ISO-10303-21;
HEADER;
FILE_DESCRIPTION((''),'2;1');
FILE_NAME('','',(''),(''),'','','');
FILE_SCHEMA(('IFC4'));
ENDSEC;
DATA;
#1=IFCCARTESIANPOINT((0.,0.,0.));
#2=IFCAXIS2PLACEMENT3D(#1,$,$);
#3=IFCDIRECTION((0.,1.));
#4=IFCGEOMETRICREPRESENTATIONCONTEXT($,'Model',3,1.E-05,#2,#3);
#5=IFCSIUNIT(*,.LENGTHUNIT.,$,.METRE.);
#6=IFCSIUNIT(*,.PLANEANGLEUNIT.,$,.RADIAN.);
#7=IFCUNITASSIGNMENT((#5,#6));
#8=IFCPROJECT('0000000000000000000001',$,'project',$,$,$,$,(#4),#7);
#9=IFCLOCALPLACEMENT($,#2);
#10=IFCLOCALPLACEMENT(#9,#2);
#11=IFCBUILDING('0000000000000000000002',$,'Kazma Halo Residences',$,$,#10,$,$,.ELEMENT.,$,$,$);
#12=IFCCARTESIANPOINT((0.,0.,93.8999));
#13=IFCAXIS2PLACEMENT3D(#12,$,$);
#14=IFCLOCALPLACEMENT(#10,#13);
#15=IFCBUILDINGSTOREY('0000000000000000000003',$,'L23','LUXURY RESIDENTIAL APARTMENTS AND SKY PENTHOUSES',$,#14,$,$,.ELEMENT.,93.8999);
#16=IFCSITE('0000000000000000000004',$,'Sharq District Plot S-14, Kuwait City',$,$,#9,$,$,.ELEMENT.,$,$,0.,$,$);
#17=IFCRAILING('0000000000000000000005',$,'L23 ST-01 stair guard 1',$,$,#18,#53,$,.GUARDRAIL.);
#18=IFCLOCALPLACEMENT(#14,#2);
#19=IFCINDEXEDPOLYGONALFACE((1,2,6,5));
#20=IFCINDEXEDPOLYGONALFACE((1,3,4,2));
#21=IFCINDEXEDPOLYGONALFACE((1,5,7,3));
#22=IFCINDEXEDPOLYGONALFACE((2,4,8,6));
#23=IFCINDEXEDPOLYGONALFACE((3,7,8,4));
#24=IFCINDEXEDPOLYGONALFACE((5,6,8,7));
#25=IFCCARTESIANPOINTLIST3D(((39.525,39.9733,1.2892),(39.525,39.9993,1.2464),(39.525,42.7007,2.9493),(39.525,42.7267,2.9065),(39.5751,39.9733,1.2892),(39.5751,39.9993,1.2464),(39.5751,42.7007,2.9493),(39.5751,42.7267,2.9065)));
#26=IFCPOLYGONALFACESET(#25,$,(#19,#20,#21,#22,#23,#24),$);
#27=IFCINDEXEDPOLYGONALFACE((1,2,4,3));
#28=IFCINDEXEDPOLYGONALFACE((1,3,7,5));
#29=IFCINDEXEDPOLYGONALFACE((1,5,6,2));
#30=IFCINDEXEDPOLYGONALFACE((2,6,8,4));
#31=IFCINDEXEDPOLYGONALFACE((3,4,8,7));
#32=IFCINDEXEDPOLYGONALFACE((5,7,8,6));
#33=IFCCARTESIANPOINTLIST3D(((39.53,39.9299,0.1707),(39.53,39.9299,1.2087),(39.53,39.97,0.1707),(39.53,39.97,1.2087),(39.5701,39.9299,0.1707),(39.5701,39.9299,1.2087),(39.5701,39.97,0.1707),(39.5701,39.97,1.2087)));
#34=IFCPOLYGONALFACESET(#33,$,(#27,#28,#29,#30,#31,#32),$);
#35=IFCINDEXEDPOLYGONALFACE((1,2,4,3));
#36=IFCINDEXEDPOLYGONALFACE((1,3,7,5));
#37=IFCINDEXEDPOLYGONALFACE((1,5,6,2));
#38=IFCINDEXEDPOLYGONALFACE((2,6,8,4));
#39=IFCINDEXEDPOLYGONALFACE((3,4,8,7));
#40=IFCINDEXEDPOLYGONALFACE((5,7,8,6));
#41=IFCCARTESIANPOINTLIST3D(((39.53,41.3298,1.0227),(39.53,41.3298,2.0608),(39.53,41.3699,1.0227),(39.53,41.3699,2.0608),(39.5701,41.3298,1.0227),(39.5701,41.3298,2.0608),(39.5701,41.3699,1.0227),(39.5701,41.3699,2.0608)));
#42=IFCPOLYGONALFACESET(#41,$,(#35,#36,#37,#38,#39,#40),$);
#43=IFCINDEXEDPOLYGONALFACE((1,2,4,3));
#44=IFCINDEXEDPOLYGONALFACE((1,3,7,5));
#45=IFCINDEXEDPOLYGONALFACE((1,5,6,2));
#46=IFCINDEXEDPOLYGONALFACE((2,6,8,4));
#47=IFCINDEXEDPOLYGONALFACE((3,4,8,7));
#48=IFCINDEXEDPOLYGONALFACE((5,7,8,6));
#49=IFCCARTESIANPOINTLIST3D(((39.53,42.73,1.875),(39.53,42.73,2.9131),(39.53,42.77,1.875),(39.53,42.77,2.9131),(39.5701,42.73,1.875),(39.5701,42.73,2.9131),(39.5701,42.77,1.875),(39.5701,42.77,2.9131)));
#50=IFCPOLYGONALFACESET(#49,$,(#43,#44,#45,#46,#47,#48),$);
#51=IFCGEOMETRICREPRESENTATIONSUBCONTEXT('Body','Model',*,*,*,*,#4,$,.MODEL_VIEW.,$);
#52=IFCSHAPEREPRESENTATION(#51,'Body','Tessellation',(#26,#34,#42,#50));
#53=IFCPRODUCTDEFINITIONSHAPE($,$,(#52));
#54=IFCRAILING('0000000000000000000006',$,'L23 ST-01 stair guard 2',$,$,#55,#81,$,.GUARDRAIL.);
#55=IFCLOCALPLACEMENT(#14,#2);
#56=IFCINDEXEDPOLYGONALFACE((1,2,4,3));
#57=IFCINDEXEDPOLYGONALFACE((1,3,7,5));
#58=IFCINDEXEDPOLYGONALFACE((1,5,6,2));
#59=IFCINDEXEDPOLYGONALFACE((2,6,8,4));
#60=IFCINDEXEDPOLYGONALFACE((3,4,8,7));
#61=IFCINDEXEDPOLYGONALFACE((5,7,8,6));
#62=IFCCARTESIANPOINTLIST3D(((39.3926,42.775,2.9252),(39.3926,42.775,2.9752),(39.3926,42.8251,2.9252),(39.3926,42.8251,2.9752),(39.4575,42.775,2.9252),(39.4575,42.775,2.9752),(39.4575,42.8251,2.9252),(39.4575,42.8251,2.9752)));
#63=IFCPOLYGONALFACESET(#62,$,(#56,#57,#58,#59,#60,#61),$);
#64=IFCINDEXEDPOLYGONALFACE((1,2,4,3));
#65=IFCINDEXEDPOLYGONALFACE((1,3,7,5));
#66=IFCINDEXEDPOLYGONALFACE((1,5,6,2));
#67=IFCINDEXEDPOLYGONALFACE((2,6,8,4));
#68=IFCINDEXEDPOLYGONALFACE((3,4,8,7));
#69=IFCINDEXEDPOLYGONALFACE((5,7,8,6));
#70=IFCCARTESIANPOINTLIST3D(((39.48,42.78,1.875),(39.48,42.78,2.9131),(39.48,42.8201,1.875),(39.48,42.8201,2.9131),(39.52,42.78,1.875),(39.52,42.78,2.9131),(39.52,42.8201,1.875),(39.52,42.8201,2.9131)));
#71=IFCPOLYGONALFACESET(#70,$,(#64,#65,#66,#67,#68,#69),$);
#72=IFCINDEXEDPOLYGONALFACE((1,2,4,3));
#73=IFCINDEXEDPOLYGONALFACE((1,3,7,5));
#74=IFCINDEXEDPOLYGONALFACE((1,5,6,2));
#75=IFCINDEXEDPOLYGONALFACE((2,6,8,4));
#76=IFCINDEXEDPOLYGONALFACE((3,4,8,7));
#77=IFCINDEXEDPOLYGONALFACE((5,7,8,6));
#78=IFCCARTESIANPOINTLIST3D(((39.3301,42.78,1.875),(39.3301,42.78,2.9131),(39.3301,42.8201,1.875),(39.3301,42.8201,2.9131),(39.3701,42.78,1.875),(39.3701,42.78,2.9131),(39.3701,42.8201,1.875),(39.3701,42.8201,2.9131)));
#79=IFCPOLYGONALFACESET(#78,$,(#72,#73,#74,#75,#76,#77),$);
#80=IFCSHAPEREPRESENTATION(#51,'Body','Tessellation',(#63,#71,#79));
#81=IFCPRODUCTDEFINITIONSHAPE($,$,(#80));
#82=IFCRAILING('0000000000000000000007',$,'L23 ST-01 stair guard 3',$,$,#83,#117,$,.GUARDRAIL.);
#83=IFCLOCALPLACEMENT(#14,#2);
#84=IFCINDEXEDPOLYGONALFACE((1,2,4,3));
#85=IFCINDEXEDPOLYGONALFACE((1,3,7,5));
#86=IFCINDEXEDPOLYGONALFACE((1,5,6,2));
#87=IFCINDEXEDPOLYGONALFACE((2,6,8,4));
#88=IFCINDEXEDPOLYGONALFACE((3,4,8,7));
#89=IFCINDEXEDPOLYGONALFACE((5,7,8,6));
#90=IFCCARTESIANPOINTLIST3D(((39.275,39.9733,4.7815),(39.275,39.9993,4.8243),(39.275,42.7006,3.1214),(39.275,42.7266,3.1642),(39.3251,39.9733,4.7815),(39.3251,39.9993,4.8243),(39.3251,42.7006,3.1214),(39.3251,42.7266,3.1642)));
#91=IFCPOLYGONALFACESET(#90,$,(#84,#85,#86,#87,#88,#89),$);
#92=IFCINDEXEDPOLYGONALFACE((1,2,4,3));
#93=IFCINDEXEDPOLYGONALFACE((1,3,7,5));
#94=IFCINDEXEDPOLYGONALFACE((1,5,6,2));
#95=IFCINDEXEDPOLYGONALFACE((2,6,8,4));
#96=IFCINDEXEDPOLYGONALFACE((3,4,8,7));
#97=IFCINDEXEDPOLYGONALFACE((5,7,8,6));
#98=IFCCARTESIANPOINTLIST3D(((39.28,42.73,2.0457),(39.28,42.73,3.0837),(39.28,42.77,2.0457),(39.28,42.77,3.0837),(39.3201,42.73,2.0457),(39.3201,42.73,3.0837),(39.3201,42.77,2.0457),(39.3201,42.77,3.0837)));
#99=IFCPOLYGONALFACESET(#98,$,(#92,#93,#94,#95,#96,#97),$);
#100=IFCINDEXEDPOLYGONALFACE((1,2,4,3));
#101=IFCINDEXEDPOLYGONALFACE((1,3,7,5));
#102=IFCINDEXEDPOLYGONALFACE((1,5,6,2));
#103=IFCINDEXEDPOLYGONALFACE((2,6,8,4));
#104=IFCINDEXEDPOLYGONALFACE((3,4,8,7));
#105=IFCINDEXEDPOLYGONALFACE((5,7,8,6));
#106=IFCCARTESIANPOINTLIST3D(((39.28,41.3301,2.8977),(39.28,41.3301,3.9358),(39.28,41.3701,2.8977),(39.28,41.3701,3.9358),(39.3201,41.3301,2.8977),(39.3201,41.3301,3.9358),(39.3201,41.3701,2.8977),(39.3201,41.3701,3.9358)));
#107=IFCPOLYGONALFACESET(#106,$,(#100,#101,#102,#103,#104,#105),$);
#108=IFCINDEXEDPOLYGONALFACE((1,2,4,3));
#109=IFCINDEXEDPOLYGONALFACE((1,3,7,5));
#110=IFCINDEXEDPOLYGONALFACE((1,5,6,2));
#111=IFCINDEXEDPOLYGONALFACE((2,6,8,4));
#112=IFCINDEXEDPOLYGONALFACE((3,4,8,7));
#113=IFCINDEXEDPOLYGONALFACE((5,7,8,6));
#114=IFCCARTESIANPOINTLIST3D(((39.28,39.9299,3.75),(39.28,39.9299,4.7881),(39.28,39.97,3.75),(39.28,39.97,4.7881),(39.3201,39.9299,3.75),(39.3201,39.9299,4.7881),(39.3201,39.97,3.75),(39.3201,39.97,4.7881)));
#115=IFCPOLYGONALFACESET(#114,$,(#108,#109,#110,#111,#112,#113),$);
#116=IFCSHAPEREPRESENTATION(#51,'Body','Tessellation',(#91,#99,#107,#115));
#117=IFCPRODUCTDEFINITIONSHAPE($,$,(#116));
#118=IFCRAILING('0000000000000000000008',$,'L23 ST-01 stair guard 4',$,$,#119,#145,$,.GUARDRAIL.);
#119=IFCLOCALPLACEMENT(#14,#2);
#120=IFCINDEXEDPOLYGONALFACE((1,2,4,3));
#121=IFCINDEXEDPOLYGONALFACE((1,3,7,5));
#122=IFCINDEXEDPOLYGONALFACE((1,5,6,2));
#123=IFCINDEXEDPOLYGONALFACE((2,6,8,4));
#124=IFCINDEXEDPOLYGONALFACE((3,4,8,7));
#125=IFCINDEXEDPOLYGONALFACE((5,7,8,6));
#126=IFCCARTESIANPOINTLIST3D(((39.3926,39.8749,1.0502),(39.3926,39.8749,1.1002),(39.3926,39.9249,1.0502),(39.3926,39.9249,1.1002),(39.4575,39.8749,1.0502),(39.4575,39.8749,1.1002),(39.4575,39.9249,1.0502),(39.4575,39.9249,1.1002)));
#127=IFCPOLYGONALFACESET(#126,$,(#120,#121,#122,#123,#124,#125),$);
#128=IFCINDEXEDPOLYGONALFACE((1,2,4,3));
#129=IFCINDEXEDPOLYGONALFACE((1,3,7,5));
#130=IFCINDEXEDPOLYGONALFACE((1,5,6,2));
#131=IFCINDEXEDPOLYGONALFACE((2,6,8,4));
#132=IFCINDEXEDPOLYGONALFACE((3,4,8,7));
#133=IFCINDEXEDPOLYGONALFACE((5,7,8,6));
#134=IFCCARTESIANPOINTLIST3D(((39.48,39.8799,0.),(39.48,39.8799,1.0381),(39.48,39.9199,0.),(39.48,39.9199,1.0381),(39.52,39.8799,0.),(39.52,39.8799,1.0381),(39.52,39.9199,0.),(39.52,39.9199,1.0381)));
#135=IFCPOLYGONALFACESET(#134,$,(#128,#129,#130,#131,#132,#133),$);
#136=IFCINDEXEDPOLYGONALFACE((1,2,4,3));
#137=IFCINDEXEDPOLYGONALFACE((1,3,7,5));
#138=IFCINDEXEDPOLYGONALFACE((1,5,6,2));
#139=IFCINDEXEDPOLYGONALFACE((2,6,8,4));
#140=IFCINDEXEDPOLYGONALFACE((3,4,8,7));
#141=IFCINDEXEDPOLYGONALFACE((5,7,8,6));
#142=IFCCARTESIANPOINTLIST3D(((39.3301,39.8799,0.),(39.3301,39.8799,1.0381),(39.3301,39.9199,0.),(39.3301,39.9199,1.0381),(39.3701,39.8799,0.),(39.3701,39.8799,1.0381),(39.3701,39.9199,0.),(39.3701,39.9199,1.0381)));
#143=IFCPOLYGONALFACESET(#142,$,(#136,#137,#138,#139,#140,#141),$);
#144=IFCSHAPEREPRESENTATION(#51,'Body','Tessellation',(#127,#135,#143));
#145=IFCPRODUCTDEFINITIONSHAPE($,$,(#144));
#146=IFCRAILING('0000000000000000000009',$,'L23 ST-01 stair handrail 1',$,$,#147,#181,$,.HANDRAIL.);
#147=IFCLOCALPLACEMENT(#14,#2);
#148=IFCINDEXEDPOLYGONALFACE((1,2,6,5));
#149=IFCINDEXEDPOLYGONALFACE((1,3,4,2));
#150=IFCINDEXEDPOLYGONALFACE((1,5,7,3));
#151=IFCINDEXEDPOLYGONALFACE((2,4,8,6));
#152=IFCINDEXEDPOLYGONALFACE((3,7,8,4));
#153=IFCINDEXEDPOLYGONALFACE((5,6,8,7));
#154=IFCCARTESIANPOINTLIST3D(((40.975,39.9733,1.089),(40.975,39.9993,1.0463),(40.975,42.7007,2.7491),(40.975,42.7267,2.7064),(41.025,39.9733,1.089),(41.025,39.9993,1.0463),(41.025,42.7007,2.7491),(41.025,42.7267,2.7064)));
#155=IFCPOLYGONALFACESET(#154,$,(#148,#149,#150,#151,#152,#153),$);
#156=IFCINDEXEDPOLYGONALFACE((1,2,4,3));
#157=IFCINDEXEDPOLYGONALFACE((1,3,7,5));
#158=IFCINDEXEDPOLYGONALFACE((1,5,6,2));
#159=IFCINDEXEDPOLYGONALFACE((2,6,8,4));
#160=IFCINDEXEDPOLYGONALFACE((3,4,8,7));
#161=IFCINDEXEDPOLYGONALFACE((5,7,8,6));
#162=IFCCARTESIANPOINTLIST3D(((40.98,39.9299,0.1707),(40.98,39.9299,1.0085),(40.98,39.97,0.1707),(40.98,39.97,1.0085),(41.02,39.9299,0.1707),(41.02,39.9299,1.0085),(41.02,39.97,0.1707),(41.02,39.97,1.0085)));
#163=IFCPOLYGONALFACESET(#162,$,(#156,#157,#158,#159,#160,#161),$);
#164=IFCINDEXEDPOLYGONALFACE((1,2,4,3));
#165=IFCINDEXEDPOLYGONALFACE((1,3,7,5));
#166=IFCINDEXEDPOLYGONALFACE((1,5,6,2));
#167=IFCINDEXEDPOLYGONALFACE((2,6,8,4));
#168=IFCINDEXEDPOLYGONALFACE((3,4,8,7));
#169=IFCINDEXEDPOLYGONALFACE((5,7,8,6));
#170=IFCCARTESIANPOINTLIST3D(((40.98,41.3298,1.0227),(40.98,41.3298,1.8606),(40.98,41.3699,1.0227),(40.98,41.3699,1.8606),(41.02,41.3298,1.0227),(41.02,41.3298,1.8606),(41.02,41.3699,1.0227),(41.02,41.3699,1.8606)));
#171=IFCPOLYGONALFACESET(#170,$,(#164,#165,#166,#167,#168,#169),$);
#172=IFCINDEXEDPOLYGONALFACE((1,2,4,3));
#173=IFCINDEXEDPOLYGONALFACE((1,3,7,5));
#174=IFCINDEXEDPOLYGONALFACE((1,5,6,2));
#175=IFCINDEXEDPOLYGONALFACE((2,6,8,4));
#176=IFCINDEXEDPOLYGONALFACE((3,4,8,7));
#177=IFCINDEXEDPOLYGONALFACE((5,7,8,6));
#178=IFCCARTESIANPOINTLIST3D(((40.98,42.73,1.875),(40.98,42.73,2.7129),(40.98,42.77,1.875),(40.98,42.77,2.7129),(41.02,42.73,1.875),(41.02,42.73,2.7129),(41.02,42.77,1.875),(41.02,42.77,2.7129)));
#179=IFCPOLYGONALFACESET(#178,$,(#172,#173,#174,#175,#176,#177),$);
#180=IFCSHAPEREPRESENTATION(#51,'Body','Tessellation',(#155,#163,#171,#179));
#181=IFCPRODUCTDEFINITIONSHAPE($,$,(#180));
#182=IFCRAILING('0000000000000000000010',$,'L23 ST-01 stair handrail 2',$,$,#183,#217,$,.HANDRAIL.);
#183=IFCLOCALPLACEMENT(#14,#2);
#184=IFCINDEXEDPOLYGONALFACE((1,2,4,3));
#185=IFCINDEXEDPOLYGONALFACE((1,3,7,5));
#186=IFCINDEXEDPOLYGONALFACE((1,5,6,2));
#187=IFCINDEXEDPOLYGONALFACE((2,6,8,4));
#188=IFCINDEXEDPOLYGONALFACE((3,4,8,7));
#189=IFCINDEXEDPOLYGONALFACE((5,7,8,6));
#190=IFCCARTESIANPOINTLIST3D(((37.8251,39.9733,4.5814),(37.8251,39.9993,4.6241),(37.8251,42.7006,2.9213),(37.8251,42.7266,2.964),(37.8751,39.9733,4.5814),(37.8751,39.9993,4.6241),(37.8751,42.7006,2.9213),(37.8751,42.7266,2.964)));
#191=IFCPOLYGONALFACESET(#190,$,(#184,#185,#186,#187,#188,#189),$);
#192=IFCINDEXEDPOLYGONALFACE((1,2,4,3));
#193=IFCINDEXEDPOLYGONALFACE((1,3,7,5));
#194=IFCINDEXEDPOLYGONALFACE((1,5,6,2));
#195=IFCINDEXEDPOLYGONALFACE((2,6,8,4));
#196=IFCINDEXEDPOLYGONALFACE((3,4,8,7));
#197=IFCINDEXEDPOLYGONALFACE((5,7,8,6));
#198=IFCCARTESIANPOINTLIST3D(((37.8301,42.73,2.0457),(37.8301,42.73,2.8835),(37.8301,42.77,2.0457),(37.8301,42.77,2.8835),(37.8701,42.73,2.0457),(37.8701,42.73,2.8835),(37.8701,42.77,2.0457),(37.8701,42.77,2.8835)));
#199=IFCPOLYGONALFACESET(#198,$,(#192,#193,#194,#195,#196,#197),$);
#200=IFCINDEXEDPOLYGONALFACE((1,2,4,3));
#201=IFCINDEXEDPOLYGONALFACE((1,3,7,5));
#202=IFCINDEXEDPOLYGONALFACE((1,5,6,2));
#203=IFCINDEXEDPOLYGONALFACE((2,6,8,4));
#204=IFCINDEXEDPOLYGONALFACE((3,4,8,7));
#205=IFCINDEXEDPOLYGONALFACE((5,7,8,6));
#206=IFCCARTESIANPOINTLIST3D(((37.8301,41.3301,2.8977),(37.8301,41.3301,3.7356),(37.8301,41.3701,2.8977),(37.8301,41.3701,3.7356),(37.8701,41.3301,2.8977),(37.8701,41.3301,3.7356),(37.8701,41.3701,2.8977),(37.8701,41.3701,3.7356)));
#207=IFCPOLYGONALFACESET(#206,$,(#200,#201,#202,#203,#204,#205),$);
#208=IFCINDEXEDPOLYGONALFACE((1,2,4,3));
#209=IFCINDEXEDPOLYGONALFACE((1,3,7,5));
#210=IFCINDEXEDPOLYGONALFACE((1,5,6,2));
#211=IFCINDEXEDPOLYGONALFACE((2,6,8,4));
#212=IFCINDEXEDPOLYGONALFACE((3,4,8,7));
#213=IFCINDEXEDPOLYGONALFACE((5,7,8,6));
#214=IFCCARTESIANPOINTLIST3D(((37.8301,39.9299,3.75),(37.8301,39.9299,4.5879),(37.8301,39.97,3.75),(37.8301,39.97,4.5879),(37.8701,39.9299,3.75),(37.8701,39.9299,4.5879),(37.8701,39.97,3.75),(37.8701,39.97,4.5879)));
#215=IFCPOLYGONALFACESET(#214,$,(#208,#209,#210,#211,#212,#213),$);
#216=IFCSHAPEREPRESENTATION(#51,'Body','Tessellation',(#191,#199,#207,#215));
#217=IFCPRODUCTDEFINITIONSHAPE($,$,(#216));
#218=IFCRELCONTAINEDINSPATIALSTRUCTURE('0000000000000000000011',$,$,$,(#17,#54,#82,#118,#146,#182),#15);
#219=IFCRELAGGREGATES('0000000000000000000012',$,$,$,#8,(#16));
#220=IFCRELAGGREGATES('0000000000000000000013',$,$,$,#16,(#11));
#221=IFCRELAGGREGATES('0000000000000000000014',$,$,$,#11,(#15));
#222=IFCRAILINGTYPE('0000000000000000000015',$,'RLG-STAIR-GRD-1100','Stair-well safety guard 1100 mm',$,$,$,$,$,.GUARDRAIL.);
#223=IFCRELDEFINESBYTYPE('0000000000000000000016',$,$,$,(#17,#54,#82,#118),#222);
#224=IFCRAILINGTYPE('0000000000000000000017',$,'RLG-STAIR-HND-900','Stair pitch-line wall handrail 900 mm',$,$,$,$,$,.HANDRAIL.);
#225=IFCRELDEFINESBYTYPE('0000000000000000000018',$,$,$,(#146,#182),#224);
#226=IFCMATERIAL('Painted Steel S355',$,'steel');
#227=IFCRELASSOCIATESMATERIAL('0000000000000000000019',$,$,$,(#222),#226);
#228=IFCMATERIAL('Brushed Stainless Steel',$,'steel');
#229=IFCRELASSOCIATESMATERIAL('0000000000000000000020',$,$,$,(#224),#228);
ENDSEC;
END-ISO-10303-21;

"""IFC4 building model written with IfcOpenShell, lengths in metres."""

from ifc_helpers import new_model, si_unit, direction, frame, origin, origin_2d, place, context, subcontext, project, spatial, rectangle, extrude, material, type_object, element, save


model = new_model("IFC4")

# Units and contexts
model_context = context("Model", 3, precision=1e-05, world=origin(), true_north=direction((0.0, 1.0)))
body_context = subcontext(model_context, "Body", "Model", "MODEL_VIEW")
ifc_project = project(units=[si_unit("LENGTHUNIT", "METRE"), si_unit("PLANEANGLEUNIT", "RADIAN")], contexts=[model_context])

# Site, building, storey
site_placement = place(None, origin())
site = spatial("IfcSite", under=ifc_project, at=site_placement, Name="Sharq District Plot S-14, Kuwait City", CompositionType="ELEMENT", RefElevation=0.0)
building_placement = place(site_placement, origin())
building = spatial("IfcBuilding", under=site, at=building_placement, Name="Kazma Halo Residences", CompositionType="ELEMENT")
storey_placement = place(building_placement, frame((0.0, 0.0, 93.8999)))
storey = spatial("IfcBuildingStorey", under=building, at=storey_placement, Name="L23", Description="LUXURY RESIDENTIAL APARTMENTS AND SKY PENTHOUSES", CompositionType="ELEMENT", Elevation=93.8999)

# Railings
ifc_material_1 = material(Name="Painted Steel S355", Category="steel")
railing_type_1 = type_object("IfcRailingType", Name="RLG-STAIR-GRD-1100", Description="Stair-well safety guard 1100 mm", PredefinedType="GUARDRAIL", material=ifc_material_1)
railing_1_placement = place(storey_placement, frame((39.55, 39.95, 0.1707)))
element("IfcRailing", 1, at=railing_1_placement, inside=storey, type_object=railing_type_1, Name="L23 ST-01 stair guard 1", PredefinedType="GUARDRAIL", context=body_context, shape_type="SweptSolid", body=[
    extrude(rectangle(XDim=0.05, YDim=0.05, at=origin_2d()), frame((0.0, 0.0364, 1.0972), z_axis=(0.0, 0.854203, 0.51994), x_axis=(-1.0, 0.0, 0.0)), (0.0, 0.0, 1.0), 3.1929),
    extrude(rectangle(XDim=0.04, YDim=0.04, at=origin_2d()), origin(), (0.0, 0.0, 1.0), 1.0381),
    extrude(rectangle(XDim=0.04, YDim=0.04, at=origin_2d()), frame((0.0, 1.3999, 0.8521)), (0.0, 0.0, 1.0), 1.0381),
    extrude(rectangle(XDim=0.04, YDim=0.04, at=origin_2d()), frame((0.0, 2.8, 1.7043)), (0.0, 0.0, 1.0), 1.0381),
])
railing_2_placement = place(storey_placement, frame((39.5, 42.8, 1.875)))
element("IfcRailing", 2, at=railing_2_placement, inside=storey, type_object=railing_type_1, Name="L23 ST-01 stair guard 2", PredefinedType="GUARDRAIL", context=body_context, shape_type="SweptSolid", body=[
    extrude(rectangle(XDim=0.05, YDim=0.05, at=origin_2d()), frame((-0.0425, 0.0, 1.0752), z_axis=(-1.0, 0.0, 0.0), x_axis=(0.0, -1.0, 0.0)), (0.0, 0.0, 1.0), 0.0649),
    extrude(rectangle(XDim=0.04, YDim=0.04, at=origin_2d()), origin(), (0.0, 0.0, 1.0), 1.0381),
    extrude(rectangle(XDim=0.04, YDim=0.04, at=origin_2d()), frame((-0.1499, 0.0, 0.0)), (0.0, 0.0, 1.0), 1.0381),
])
railing_3_placement = place(storey_placement, frame((39.3, 42.75, 2.0457)))
element("IfcRailing", 3, at=railing_3_placement, inside=storey, type_object=railing_type_1, Name="L23 ST-01 stair guard 3", PredefinedType="GUARDRAIL", context=body_context, shape_type="SweptSolid", body=[
    extrude(rectangle(XDim=0.05, YDim=0.05, at=origin_2d()), frame((0.0, -0.0364, 1.0972), z_axis=(0.0, -0.854203, 0.51994), x_axis=(1.0, 0.0, 0.0)), (0.0, 0.0, 1.0), 3.1929),
    extrude(rectangle(XDim=0.04, YDim=0.04, at=origin_2d()), origin(), (0.0, 0.0, 1.0), 1.0381),
    extrude(rectangle(XDim=0.04, YDim=0.04, at=origin_2d()), frame((0.0, -1.3999, 0.8521)), (0.0, 0.0, 1.0), 1.0381),
    extrude(rectangle(XDim=0.04, YDim=0.04, at=origin_2d()), frame((0.0, -2.8, 1.7043)), (0.0, 0.0, 1.0), 1.0381),
])
railing_4_placement = place(storey_placement, frame((39.5, 39.8999, 0.0)))
element("IfcRailing", 4, at=railing_4_placement, inside=storey, type_object=railing_type_1, Name="L23 ST-01 stair guard 4", PredefinedType="GUARDRAIL", context=body_context, shape_type="SweptSolid", body=[
    extrude(rectangle(XDim=0.05, YDim=0.05, at=origin_2d()), frame((-0.0425, 0.0, 1.0752), z_axis=(-1.0, 0.0, 0.0), x_axis=(0.0, -1.0, 0.0)), (0.0, 0.0, 1.0), 0.0649),
    extrude(rectangle(XDim=0.04, YDim=0.04, at=origin_2d()), origin(), (0.0, 0.0, 1.0), 1.0381),
    extrude(rectangle(XDim=0.04, YDim=0.04, at=origin_2d()), frame((-0.1499, 0.0, 0.0)), (0.0, 0.0, 1.0), 1.0381),
])
ifc_material_2 = material(Name="Brushed Stainless Steel", Category="steel")
railing_type_2 = type_object("IfcRailingType", Name="RLG-STAIR-HND-900", Description="Stair pitch-line wall handrail 900 mm", PredefinedType="HANDRAIL", material=ifc_material_2)
railing_5_placement = place(storey_placement, frame((41.0, 39.95, 0.1707)))
element("IfcRailing", 5, at=railing_5_placement, inside=storey, type_object=railing_type_2, Name="L23 ST-01 stair handrail 1", PredefinedType="HANDRAIL", context=body_context, shape_type="SweptSolid", body=[
    extrude(rectangle(XDim=0.05, YDim=0.05, at=origin_2d()), frame((0.0, 0.0364, 0.897), z_axis=(0.0, 0.854203, 0.51994), x_axis=(-1.0, 0.0, 0.0)), (0.0, 0.0, 1.0), 3.1929),
    extrude(rectangle(XDim=0.04, YDim=0.04, at=origin_2d()), origin(), (0.0, 0.0, 1.0), 0.8379),
    extrude(rectangle(XDim=0.04, YDim=0.04, at=origin_2d()), frame((0.0, 1.3999, 0.8521)), (0.0, 0.0, 1.0), 0.8379),
    extrude(rectangle(XDim=0.04, YDim=0.04, at=origin_2d()), frame((0.0, 2.8, 1.7043)), (0.0, 0.0, 1.0), 0.8379),
])
railing_6_placement = place(storey_placement, frame((37.8501, 42.75, 2.0457)))
element("IfcRailing", 6, at=railing_6_placement, inside=storey, type_object=railing_type_2, Name="L23 ST-01 stair handrail 2", PredefinedType="HANDRAIL", context=body_context, shape_type="SweptSolid", body=[
    extrude(rectangle(XDim=0.05, YDim=0.05, at=origin_2d()), frame((0.0, -0.0364, 0.897), z_axis=(0.0, -0.854203, 0.51994), x_axis=(1.0, 0.0, 0.0)), (0.0, 0.0, 1.0), 3.1929),
    extrude(rectangle(XDim=0.04, YDim=0.04, at=origin_2d()), origin(), (0.0, 0.0, 1.0), 0.8379),
    extrude(rectangle(XDim=0.04, YDim=0.04, at=origin_2d()), frame((0.0, -1.3999, 0.8521)), (0.0, 0.0, 1.0), 0.8379),
    extrude(rectangle(XDim=0.04, YDim=0.04, at=origin_2d()), frame((0.0, -2.8, 1.7043)), (0.0, 0.0, 1.0), 0.8379),
])

save(model, "model.ifc")
